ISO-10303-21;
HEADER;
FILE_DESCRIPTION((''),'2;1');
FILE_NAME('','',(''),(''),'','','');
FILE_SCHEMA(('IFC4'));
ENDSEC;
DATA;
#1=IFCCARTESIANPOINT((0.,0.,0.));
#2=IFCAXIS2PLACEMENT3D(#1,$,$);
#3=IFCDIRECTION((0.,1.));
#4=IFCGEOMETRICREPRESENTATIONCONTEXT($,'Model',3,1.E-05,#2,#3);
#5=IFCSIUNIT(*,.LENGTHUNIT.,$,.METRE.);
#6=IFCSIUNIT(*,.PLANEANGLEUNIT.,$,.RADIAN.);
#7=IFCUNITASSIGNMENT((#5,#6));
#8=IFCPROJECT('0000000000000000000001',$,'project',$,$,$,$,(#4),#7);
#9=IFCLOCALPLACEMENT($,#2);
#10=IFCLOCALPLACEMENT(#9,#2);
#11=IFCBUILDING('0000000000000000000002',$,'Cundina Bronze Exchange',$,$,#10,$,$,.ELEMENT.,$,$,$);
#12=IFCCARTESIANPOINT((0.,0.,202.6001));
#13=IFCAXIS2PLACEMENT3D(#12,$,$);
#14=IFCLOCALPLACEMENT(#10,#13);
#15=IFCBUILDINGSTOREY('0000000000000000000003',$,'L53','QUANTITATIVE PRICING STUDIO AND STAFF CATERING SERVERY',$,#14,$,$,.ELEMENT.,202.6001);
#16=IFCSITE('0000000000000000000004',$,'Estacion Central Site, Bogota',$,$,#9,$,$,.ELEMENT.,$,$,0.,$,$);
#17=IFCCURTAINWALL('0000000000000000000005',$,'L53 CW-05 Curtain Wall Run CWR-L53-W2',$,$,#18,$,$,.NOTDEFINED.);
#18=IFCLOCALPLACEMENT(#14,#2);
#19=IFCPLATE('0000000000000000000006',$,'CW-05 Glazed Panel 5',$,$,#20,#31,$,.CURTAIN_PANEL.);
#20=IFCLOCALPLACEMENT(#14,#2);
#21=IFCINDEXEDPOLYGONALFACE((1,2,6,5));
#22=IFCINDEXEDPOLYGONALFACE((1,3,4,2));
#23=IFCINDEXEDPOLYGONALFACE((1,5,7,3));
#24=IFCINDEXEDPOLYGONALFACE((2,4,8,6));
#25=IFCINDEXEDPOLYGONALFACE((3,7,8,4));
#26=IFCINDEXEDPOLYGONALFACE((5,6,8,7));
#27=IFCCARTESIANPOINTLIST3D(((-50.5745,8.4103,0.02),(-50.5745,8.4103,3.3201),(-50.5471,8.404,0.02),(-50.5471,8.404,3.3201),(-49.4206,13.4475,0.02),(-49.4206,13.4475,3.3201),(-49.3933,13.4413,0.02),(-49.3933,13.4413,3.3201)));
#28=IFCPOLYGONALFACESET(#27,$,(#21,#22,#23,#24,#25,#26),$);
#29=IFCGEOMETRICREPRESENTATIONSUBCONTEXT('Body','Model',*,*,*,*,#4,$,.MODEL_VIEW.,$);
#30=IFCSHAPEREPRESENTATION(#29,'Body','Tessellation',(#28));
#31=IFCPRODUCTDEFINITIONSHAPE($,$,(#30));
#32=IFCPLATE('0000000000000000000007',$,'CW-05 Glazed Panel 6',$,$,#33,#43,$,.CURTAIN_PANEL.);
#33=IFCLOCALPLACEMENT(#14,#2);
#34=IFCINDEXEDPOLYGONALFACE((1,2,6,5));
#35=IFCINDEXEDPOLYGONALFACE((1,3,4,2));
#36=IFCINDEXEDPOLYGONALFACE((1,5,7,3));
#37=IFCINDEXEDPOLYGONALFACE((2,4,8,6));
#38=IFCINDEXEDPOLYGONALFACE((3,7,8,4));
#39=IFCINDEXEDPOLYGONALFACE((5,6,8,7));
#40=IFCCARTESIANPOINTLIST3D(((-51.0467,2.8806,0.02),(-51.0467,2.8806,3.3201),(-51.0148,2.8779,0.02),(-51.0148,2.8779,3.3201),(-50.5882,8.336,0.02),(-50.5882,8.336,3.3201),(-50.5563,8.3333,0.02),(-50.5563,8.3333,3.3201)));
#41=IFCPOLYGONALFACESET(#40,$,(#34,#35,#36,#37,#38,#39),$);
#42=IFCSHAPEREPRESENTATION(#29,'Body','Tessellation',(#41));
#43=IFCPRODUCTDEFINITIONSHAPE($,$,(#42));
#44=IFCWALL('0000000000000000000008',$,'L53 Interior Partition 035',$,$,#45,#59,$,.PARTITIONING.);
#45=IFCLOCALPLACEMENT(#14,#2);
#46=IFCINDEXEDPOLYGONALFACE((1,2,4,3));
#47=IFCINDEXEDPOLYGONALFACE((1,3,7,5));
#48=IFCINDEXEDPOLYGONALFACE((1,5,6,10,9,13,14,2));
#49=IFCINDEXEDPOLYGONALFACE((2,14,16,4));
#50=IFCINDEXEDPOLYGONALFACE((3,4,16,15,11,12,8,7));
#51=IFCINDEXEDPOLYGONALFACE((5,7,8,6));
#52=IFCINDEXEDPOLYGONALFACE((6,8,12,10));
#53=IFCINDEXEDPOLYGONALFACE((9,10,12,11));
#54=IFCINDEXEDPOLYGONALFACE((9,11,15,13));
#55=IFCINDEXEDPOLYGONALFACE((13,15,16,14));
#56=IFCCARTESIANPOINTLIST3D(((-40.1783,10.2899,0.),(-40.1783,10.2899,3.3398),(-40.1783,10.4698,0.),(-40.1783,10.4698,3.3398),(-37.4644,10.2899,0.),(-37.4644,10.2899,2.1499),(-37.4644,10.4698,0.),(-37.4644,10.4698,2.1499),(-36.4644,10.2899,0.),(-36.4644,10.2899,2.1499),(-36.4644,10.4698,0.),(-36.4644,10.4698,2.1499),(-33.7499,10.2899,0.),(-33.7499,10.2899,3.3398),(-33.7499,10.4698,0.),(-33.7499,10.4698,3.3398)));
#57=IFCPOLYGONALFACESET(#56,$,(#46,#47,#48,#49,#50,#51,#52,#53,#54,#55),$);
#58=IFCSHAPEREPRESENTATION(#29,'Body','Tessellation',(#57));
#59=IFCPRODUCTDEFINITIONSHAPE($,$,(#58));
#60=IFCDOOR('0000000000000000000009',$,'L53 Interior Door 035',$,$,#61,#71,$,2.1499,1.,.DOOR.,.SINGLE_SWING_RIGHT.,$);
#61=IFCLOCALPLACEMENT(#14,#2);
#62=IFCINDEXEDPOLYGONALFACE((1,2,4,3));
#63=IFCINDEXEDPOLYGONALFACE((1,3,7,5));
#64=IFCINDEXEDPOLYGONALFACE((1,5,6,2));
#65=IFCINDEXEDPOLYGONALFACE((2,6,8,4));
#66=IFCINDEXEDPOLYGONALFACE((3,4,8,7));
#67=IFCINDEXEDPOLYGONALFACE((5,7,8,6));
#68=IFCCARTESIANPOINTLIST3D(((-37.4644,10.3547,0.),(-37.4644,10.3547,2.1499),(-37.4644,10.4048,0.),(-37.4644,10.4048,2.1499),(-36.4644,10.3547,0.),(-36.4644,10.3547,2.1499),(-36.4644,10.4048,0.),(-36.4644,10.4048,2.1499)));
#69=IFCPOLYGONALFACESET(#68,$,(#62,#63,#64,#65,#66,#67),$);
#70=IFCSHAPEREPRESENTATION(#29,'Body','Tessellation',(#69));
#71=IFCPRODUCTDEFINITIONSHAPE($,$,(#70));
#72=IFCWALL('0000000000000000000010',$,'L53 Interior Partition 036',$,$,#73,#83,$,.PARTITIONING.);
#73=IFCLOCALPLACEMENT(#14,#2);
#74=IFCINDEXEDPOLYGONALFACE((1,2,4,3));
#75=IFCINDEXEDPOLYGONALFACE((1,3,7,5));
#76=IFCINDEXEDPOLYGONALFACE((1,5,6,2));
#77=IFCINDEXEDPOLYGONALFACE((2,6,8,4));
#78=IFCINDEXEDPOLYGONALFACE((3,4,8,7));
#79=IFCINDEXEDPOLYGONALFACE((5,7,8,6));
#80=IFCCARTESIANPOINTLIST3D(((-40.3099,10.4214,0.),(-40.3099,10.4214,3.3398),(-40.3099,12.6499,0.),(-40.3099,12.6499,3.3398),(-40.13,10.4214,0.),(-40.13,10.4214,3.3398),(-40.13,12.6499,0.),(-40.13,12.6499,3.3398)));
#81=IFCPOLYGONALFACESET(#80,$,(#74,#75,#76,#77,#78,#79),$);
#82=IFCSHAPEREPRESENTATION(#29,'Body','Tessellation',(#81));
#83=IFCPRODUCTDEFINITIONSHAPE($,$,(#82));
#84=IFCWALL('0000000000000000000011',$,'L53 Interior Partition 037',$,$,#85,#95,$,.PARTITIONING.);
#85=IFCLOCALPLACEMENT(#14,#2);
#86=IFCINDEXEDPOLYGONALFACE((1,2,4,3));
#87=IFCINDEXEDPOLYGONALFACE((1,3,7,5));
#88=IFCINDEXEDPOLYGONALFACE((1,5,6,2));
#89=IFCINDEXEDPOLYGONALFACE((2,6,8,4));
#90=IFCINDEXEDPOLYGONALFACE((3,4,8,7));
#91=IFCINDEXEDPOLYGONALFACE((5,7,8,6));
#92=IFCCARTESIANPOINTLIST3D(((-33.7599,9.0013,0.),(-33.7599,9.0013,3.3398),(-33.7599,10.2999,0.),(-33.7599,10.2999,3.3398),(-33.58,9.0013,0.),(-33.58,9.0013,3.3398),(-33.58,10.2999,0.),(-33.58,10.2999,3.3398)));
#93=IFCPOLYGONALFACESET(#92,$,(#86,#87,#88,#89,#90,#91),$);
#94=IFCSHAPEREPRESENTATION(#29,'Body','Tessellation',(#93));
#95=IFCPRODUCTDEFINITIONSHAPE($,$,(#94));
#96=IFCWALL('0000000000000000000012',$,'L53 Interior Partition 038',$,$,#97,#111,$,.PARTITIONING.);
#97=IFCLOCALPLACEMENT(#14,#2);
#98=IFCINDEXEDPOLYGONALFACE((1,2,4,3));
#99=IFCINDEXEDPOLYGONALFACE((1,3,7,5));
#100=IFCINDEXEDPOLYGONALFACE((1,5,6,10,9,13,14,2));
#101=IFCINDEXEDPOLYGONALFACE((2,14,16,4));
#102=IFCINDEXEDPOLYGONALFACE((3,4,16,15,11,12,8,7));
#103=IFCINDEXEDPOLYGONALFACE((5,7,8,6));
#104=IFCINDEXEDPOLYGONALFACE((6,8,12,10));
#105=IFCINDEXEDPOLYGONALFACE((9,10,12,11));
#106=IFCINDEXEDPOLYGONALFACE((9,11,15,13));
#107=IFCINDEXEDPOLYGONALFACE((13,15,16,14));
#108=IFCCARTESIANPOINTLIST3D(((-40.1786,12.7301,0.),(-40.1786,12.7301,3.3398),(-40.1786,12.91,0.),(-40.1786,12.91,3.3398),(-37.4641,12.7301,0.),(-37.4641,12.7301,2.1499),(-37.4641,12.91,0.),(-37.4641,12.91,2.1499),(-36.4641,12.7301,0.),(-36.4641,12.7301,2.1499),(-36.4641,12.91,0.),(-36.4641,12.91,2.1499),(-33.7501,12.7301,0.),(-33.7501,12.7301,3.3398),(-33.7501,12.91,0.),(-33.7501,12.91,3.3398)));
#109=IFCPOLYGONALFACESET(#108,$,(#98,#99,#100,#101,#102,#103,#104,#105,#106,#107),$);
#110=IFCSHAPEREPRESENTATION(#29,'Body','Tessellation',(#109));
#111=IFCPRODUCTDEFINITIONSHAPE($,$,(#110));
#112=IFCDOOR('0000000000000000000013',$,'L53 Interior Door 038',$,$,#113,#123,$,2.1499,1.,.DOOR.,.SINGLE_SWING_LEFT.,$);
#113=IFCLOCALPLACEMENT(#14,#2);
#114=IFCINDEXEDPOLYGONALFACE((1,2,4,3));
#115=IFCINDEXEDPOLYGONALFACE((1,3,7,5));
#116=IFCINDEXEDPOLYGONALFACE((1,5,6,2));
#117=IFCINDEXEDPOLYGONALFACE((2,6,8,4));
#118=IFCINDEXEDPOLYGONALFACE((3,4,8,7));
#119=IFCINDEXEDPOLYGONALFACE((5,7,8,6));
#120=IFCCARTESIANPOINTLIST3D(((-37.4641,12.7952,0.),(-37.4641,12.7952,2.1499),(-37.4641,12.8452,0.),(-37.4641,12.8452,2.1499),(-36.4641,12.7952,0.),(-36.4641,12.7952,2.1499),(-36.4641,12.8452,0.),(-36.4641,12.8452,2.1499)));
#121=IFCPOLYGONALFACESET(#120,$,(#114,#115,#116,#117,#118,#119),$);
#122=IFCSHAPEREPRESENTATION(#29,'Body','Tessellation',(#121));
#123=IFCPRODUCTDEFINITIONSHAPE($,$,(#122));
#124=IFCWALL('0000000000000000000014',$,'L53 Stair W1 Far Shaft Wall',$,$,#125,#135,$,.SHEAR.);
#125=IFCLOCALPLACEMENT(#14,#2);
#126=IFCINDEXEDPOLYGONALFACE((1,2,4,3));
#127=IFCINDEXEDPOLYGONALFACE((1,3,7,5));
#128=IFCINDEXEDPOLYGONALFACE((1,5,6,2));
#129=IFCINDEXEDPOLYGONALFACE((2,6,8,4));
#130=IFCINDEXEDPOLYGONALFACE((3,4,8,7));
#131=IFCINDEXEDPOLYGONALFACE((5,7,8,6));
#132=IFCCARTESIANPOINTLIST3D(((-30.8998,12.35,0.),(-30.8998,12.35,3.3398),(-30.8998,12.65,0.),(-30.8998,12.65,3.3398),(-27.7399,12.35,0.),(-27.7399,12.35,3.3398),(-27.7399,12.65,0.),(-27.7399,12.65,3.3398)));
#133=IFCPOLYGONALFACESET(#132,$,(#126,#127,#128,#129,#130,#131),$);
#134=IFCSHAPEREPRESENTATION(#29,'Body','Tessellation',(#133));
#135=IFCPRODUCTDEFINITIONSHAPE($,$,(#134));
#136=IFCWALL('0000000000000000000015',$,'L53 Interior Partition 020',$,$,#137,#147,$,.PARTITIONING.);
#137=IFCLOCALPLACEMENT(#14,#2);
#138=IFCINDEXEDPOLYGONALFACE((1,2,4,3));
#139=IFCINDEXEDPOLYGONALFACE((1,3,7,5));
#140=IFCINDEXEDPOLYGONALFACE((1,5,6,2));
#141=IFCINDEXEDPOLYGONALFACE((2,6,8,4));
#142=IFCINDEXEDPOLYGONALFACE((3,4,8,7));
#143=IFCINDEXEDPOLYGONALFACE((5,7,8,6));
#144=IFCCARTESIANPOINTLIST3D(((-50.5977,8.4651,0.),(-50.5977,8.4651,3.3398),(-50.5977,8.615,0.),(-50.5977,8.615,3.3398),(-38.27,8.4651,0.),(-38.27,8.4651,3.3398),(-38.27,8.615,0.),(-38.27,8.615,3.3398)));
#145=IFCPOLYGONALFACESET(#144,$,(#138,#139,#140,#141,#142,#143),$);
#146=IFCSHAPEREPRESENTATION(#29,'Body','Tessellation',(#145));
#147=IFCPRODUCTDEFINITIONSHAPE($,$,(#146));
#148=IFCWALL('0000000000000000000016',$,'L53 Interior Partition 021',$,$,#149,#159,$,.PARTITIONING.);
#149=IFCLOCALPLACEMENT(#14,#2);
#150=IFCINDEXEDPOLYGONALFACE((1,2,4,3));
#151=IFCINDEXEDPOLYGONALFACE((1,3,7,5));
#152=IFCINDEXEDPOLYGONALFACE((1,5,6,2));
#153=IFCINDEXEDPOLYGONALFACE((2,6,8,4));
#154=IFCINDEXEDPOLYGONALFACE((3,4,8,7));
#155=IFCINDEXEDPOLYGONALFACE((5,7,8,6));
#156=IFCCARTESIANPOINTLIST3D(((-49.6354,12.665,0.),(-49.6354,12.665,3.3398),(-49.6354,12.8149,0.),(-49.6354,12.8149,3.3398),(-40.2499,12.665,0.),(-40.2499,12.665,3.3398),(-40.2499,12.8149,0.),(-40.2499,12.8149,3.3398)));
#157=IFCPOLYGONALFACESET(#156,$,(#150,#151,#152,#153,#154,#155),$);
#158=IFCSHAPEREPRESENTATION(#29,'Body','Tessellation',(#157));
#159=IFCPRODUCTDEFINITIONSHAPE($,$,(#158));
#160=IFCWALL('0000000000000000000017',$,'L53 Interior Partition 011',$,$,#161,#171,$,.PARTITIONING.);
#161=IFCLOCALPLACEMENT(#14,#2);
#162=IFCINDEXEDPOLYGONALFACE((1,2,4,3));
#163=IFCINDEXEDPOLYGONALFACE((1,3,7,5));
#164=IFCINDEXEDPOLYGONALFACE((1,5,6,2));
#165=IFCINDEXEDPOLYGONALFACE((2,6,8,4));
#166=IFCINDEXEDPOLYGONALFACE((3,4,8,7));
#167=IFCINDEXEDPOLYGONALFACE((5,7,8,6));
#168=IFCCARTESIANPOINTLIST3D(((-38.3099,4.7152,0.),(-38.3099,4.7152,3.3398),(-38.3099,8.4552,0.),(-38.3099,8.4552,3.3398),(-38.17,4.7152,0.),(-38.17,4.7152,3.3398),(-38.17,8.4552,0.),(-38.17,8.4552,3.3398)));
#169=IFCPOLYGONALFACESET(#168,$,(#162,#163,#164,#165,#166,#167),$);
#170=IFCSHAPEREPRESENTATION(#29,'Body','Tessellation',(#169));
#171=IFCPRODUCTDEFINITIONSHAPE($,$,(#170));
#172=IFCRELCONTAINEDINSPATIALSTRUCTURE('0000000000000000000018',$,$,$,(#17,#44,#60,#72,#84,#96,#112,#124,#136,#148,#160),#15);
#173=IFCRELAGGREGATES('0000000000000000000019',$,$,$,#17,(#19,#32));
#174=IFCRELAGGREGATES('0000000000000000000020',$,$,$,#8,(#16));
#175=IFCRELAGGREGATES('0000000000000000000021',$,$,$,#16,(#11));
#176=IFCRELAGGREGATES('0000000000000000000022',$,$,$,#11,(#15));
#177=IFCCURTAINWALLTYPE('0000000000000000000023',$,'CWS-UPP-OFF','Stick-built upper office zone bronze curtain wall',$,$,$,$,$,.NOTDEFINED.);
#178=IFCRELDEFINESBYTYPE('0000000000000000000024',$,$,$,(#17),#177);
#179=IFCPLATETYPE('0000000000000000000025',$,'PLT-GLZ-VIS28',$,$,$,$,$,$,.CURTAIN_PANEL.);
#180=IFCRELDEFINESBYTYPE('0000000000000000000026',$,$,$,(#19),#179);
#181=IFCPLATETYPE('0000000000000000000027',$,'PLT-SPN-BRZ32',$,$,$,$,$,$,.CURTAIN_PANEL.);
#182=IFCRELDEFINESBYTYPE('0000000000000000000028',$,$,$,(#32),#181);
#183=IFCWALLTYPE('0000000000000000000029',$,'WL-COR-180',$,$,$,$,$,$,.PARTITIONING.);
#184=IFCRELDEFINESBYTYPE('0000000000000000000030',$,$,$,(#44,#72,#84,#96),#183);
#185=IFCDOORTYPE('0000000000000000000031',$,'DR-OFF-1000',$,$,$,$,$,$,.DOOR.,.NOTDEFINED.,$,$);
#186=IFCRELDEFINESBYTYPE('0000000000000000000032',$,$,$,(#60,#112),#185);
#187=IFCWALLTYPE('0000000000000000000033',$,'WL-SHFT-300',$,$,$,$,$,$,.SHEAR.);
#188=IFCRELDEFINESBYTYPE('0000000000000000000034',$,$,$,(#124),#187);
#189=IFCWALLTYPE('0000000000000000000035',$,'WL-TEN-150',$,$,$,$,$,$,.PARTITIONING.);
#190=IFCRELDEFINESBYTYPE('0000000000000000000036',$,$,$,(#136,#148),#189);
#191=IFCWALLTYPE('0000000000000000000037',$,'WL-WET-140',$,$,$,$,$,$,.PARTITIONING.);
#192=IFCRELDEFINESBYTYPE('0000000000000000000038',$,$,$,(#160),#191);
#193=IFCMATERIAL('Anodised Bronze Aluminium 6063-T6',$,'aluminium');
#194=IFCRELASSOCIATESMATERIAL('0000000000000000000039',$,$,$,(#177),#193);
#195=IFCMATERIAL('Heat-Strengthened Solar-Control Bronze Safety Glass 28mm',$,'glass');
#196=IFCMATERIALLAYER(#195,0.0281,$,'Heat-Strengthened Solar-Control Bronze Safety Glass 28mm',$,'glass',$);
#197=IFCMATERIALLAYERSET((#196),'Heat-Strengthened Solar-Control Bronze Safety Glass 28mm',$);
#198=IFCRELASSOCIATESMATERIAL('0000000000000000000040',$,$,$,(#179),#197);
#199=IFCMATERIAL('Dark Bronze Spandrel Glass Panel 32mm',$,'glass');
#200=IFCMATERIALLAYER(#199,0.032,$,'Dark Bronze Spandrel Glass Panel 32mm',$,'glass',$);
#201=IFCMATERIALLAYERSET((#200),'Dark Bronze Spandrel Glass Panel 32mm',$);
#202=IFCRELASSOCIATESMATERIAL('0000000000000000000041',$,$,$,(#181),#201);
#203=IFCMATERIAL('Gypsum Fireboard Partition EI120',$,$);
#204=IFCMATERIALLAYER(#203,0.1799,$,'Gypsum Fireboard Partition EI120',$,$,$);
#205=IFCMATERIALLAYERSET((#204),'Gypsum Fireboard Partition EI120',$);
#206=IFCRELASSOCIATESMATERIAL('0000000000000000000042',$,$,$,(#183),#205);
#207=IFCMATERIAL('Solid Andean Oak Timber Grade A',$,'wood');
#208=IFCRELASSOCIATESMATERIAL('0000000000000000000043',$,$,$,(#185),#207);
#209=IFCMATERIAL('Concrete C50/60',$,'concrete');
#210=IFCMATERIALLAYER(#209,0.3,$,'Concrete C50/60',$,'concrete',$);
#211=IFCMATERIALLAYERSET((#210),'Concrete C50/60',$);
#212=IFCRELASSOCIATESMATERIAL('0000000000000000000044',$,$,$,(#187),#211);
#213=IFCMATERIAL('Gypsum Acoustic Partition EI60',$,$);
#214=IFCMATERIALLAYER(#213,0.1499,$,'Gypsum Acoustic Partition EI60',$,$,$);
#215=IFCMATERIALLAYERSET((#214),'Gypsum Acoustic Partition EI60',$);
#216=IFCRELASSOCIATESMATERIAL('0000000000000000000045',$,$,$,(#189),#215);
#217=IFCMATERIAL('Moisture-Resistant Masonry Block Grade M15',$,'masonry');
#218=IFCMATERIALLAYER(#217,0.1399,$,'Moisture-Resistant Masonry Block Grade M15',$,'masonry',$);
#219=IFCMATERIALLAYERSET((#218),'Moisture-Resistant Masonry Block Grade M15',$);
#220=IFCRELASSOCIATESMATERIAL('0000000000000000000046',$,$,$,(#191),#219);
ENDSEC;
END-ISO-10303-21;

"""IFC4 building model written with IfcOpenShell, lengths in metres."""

from ifc_helpers import new_model, si_unit, direction, frame, frame_2d, origin, origin_2d, place, context, subcontext, project, spatial, rectangle, extrude, material, layer, layer_set, type_object, element, fill, aggregate, save


model = new_model("IFC4")

# Units and contexts
model_context = context("Model", 3, precision=1e-05, world=origin(), true_north=direction((0.0, 1.0)))
body_context = subcontext(model_context, "Body", "Model", "MODEL_VIEW")
ifc_project = project(units=[si_unit("LENGTHUNIT", "METRE"), si_unit("PLANEANGLEUNIT", "RADIAN")], contexts=[model_context])

# Site, building, storey
site_placement = place(None, origin())
site = spatial("IfcSite", under=ifc_project, at=site_placement, Name="Estacion Central Site, Bogota", CompositionType="ELEMENT", RefElevation=0.0)
building_placement = place(site_placement, origin())
building = spatial("IfcBuilding", under=site, at=building_placement, Name="Cundina Bronze Exchange", CompositionType="ELEMENT")
storey_placement = place(building_placement, frame((0.0, 0.0, 202.6001)))
storey = spatial("IfcBuildingStorey", under=building, at=storey_placement, Name="L53", Description="QUANTITATIVE PRICING STUDIO AND STAFF CATERING SERVERY", CompositionType="ELEMENT", Elevation=202.6001)

# Shared definitions
ifc_material_1 = material(Name="Concrete C50/60", Category="concrete")

# Curtain wall, plates
ifc_material_2 = material(Name="Anodised Bronze Aluminium 6063-T6", Category="aluminium")
curtain_wall_type = type_object("IfcCurtainWallType", Name="CWS-UPP-OFF", Description="Stick-built upper office zone bronze curtain wall", PredefinedType="NOTDEFINED", material=ifc_material_2)
curtain_wall_placement = place(storey_placement, origin())
curtain_wall = element("IfcCurtainWall", 1, at=curtain_wall_placement, inside=storey, type_object=curtain_wall_type, Name="L53 CW-05 Curtain Wall Run CWR-L53-W2", PredefinedType="NOTDEFINED")
ifc_material_3 = material(Name="Heat-Strengthened Solar-Control Bronze Safety Glass 28mm", Category="glass")
ifc_layer_1 = layer(ifc_material_3, 0.0281, Name="Heat-Strengthened Solar-Control Bronze Safety Glass 28mm", Category="glass")
ifc_layer_set_1 = layer_set([ifc_layer_1], Name="Heat-Strengthened Solar-Control Bronze Safety Glass 28mm")
plate_type_1 = type_object("IfcPlateType", Name="PLT-GLZ-VIS28", PredefinedType="CURTAIN_PANEL", material=ifc_layer_set_1)
plate_1_placement = place(storey_placement, frame((-49.9839, 10.9258, 0.02), z_axis=(0.0, 0.0, 1.0), x_axis=(-0.223284, -0.974753, 0.0)))
plate_1 = element("IfcPlate", 2, at=plate_1_placement, type_object=plate_type_1, Name="CW-05 Glazed Panel 5", PredefinedType="CURTAIN_PANEL", context=body_context, shape_type="SweptSolid", body=[
    extrude(rectangle(XDim=5.1677, YDim=0.0281, at=origin_2d()), origin(), (0.0, 0.0, 1.0), 3.3),
])
ifc_material_4 = material(Name="Dark Bronze Spandrel Glass Panel 32mm", Category="glass")
ifc_layer_2 = layer(ifc_material_4, 0.032, Name="Dark Bronze Spandrel Glass Panel 32mm", Category="glass")
ifc_layer_set_2 = layer_set([ifc_layer_2], Name="Dark Bronze Spandrel Glass Panel 32mm")
plate_type_2 = type_object("IfcPlateType", Name="PLT-SPN-BRZ32", PredefinedType="CURTAIN_PANEL", material=ifc_layer_set_2)
plate_2_placement = place(storey_placement, frame((-50.8015, 5.6069, 0.02), z_axis=(0.0, 0.0, 1.0), x_axis=(-0.083747, -0.996487, 0.0)))
plate_2 = element("IfcPlate", 3, at=plate_2_placement, type_object=plate_type_2, Name="CW-05 Glazed Panel 6", PredefinedType="CURTAIN_PANEL", context=body_context, shape_type="SweptSolid", body=[
    extrude(rectangle(XDim=5.4746, YDim=0.032, at=origin_2d()), origin(), (0.0, 0.0, 1.0), 3.3),
])
aggregate(curtain_wall, [plate_1, plate_2])

# Wall, opening, door
ifc_material_5 = material(Name="Gypsum Fireboard Partition EI120")
ifc_layer_3 = layer(ifc_material_5, 0.1799, Name="Gypsum Fireboard Partition EI120")
ifc_layer_set_3 = layer_set([ifc_layer_3], Name="Gypsum Fireboard Partition EI120")
wall_type_1 = type_object("IfcWallType", Name="WL-COR-180", PredefinedType="PARTITIONING", material=ifc_layer_set_3)
ifc_material_6 = material(Name="Solid Andean Oak Timber Grade A", Category="wood")
door_type_1 = type_object("IfcDoorType", Name="DR-OFF-1000", OperationType="NOTDEFINED", PredefinedType="DOOR", material=ifc_material_6)
wall_1_placement = place(storey_placement, frame((-40.1785, 10.3799, 0.0), z_axis=(0.0, 0.0, 1.0), x_axis=(1.0, 0.0, 0.0)))
wall_1 = element("IfcWall", 4, at=wall_1_placement, inside=storey, type_object=wall_type_1, Name="L53 Interior Partition 035", PredefinedType="PARTITIONING", context=body_context, shape_type="SweptSolid", body=[
    extrude(rectangle(XDim=6.4285, YDim=0.1799, at=frame_2d((3.2144, 0.0))), origin(), (0.0, 0.0, 1.0), 3.3398),
])
opening_1_placement = place(wall_1_placement, frame((2.7141, 0.0, 0.0)))
opening_1 = element("IfcOpeningElement", 5, at=opening_1_placement, cuts=wall_1, PredefinedType="OPENING", context=body_context, shape_type="SweptSolid", body=[
    extrude(rectangle(XDim=1.0, YDim=2.1499, at=frame_2d((0.5, 1.075))), frame((0.0, 0.0999, 0.0), z_axis=(0.0, -1.0, 0.0), x_axis=(1.0, 0.0, 0.0)), (0.0, 0.0, 1.0), 0.2),
])
door_1_placement = place(opening_1_placement, origin())
door_1 = element("IfcDoor", 6, at=door_1_placement, inside=storey, type_object=door_type_1, Name="L53 Interior Door 035", OperationType="SINGLE_SWING_RIGHT", OverallHeight=2.1499, OverallWidth=1.0, PredefinedType="DOOR", context=body_context, shape_type="SweptSolid", body=[
    extrude(rectangle(XDim=1.0, YDim=2.1499, at=frame_2d((0.5, 1.075))), frame((0.0, 0.0249, 0.0), z_axis=(0.0, -1.0, 0.0), x_axis=(1.0, 0.0, 0.0)), (0.0, 0.0, 1.0), 0.05),
])
fill(opening_1, door_1)

# Walls
wall_2_placement = place(storey_placement, frame((-40.22, 12.6499, 0.0), z_axis=(0.0, 0.0, 1.0), x_axis=(0.0, -1.0, 0.0)))
element("IfcWall", 7, at=wall_2_placement, inside=storey, type_object=wall_type_1, Name="L53 Interior Partition 036", PredefinedType="PARTITIONING", context=body_context, shape_type="SweptSolid", body=[
    extrude(rectangle(XDim=2.2285, YDim=0.1799, at=frame_2d((1.1143, 0.0))), origin(), (0.0, 0.0, 1.0), 3.3398),
])
wall_3_placement = place(storey_placement, frame((-33.6699, 10.3, 0.0), z_axis=(0.0, 0.0, 1.0), x_axis=(0.0, -1.0, 0.0)))
element("IfcWall", 8, at=wall_3_placement, inside=storey, type_object=wall_type_1, Name="L53 Interior Partition 037", PredefinedType="PARTITIONING", context=body_context, shape_type="SweptSolid", body=[
    extrude(rectangle(XDim=1.2986, YDim=0.1799, at=frame_2d((0.6494, 0.0))), origin(), (0.0, 0.0, 1.0), 3.3398),
])

# Wall, opening, door
wall_4_placement = place(storey_placement, frame((-33.75, 12.8201, 0.0), z_axis=(0.0, 0.0, 1.0), x_axis=(-1.0, 0.0, 0.0)))
wall_4 = element("IfcWall", 9, at=wall_4_placement, inside=storey, type_object=wall_type_1, Name="L53 Interior Partition 038", PredefinedType="PARTITIONING", context=body_context, shape_type="SweptSolid", body=[
    extrude(rectangle(XDim=6.4285, YDim=0.1799, at=frame_2d((3.2144, 0.0))), origin(), (0.0, 0.0, 1.0), 3.3398),
])
opening_2_placement = place(wall_4_placement, frame((2.7141, 0.0, 0.0)))
opening_2 = element("IfcOpeningElement", 10, at=opening_2_placement, cuts=wall_4, PredefinedType="OPENING", context=body_context, shape_type="SweptSolid", body=[
    extrude(rectangle(XDim=1.0, YDim=2.1499, at=frame_2d((0.5, 1.075))), frame((0.0, 0.0999, 0.0), z_axis=(0.0, -1.0, 0.0), x_axis=(1.0, 0.0, 0.0)), (0.0, 0.0, 1.0), 0.2),
])
door_2_placement = place(opening_2_placement, origin())
door_2 = element("IfcDoor", 11, at=door_2_placement, inside=storey, type_object=door_type_1, Name="L53 Interior Door 038", OperationType="SINGLE_SWING_LEFT", OverallHeight=2.1499, OverallWidth=1.0, PredefinedType="DOOR", context=body_context, shape_type="SweptSolid", body=[
    extrude(rectangle(XDim=1.0, YDim=2.1499, at=frame_2d((0.5, 1.075))), frame((0.0, 0.0249, 0.0), z_axis=(0.0, -1.0, 0.0), x_axis=(1.0, 0.0, 0.0)), (0.0, 0.0, 1.0), 0.05),
])
fill(opening_2, door_2)
ifc_layer_4 = layer(ifc_material_1, 0.3, Name="Concrete C50/60", Category="concrete")
ifc_layer_set_4 = layer_set([ifc_layer_4], Name="Concrete C50/60")
wall_type_2 = type_object("IfcWallType", Name="WL-SHFT-300", PredefinedType="SHEAR", material=ifc_layer_set_4)

# Walls
wall_5_placement = place(storey_placement, frame((-30.8999, 12.5, 0.0), z_axis=(0.0, 0.0, 1.0), x_axis=(1.0, 0.0, 0.0)))
element("IfcWall", 12, at=wall_5_placement, inside=storey, type_object=wall_type_2, Name="L53 Stair W1 Far Shaft Wall", PredefinedType="SHEAR", context=body_context, shape_type="SweptSolid", body=[
    extrude(rectangle(XDim=3.1599, YDim=0.3, at=frame_2d((1.5801, 0.0))), origin(), (0.0, 0.0, 1.0), 3.3398),
])
ifc_material_7 = material(Name="Gypsum Acoustic Partition EI60")
ifc_layer_5 = layer(ifc_material_7, 0.1499, Name="Gypsum Acoustic Partition EI60")
ifc_layer_set_5 = layer_set([ifc_layer_5], Name="Gypsum Acoustic Partition EI60")
wall_type_3 = type_object("IfcWallType", Name="WL-TEN-150", PredefinedType="PARTITIONING", material=ifc_layer_set_5)
wall_6_placement = place(storey_placement, frame((-50.5977, 8.54, 0.0), z_axis=(0.0, 0.0, 1.0), x_axis=(1.0, 0.0, 0.0)))
element("IfcWall", 13, at=wall_6_placement, inside=storey, type_object=wall_type_3, Name="L53 Interior Partition 020", PredefinedType="PARTITIONING", context=body_context, shape_type="SweptSolid", body=[
    extrude(rectangle(XDim=12.3276, YDim=0.1499, at=frame_2d((6.1638, 0.0))), origin(), (0.0, 0.0, 1.0), 3.3398),
])
wall_7_placement = place(storey_placement, frame((-49.6355, 12.74, 0.0), z_axis=(0.0, 0.0, 1.0), x_axis=(1.0, 0.0, 0.0)))
element("IfcWall", 14, at=wall_7_placement, inside=storey, type_object=wall_type_3, Name="L53 Interior Partition 021", PredefinedType="PARTITIONING", context=body_context, shape_type="SweptSolid", body=[
    extrude(rectangle(XDim=9.3855, YDim=0.1499, at=frame_2d((4.6929, 0.0))), origin(), (0.0, 0.0, 1.0), 3.3398),
])
ifc_material_8 = material(Name="Moisture-Resistant Masonry Block Grade M15", Category="masonry")
ifc_layer_6 = layer(ifc_material_8, 0.1399, Name="Moisture-Resistant Masonry Block Grade M15", Category="masonry")
ifc_layer_set_6 = layer_set([ifc_layer_6], Name="Moisture-Resistant Masonry Block Grade M15")
wall_type_4 = type_object("IfcWallType", Name="WL-WET-140", PredefinedType="PARTITIONING", material=ifc_layer_set_6)
wall_8_placement = place(storey_placement, frame((-38.24, 4.7151, 0.0), z_axis=(0.0, 0.0, 1.0), x_axis=(0.0, 1.0, 0.0)))
element("IfcWall", 15, at=wall_8_placement, inside=storey, type_object=wall_type_4, Name="L53 Interior Partition 011", PredefinedType="PARTITIONING", context=body_context, shape_type="SweptSolid", body=[
    extrude(rectangle(XDim=3.74, YDim=0.1399, at=frame_2d((1.8701, 0.0))), origin(), (0.0, 0.0, 1.0), 3.3398),
])

save(model, "model.ifc")
